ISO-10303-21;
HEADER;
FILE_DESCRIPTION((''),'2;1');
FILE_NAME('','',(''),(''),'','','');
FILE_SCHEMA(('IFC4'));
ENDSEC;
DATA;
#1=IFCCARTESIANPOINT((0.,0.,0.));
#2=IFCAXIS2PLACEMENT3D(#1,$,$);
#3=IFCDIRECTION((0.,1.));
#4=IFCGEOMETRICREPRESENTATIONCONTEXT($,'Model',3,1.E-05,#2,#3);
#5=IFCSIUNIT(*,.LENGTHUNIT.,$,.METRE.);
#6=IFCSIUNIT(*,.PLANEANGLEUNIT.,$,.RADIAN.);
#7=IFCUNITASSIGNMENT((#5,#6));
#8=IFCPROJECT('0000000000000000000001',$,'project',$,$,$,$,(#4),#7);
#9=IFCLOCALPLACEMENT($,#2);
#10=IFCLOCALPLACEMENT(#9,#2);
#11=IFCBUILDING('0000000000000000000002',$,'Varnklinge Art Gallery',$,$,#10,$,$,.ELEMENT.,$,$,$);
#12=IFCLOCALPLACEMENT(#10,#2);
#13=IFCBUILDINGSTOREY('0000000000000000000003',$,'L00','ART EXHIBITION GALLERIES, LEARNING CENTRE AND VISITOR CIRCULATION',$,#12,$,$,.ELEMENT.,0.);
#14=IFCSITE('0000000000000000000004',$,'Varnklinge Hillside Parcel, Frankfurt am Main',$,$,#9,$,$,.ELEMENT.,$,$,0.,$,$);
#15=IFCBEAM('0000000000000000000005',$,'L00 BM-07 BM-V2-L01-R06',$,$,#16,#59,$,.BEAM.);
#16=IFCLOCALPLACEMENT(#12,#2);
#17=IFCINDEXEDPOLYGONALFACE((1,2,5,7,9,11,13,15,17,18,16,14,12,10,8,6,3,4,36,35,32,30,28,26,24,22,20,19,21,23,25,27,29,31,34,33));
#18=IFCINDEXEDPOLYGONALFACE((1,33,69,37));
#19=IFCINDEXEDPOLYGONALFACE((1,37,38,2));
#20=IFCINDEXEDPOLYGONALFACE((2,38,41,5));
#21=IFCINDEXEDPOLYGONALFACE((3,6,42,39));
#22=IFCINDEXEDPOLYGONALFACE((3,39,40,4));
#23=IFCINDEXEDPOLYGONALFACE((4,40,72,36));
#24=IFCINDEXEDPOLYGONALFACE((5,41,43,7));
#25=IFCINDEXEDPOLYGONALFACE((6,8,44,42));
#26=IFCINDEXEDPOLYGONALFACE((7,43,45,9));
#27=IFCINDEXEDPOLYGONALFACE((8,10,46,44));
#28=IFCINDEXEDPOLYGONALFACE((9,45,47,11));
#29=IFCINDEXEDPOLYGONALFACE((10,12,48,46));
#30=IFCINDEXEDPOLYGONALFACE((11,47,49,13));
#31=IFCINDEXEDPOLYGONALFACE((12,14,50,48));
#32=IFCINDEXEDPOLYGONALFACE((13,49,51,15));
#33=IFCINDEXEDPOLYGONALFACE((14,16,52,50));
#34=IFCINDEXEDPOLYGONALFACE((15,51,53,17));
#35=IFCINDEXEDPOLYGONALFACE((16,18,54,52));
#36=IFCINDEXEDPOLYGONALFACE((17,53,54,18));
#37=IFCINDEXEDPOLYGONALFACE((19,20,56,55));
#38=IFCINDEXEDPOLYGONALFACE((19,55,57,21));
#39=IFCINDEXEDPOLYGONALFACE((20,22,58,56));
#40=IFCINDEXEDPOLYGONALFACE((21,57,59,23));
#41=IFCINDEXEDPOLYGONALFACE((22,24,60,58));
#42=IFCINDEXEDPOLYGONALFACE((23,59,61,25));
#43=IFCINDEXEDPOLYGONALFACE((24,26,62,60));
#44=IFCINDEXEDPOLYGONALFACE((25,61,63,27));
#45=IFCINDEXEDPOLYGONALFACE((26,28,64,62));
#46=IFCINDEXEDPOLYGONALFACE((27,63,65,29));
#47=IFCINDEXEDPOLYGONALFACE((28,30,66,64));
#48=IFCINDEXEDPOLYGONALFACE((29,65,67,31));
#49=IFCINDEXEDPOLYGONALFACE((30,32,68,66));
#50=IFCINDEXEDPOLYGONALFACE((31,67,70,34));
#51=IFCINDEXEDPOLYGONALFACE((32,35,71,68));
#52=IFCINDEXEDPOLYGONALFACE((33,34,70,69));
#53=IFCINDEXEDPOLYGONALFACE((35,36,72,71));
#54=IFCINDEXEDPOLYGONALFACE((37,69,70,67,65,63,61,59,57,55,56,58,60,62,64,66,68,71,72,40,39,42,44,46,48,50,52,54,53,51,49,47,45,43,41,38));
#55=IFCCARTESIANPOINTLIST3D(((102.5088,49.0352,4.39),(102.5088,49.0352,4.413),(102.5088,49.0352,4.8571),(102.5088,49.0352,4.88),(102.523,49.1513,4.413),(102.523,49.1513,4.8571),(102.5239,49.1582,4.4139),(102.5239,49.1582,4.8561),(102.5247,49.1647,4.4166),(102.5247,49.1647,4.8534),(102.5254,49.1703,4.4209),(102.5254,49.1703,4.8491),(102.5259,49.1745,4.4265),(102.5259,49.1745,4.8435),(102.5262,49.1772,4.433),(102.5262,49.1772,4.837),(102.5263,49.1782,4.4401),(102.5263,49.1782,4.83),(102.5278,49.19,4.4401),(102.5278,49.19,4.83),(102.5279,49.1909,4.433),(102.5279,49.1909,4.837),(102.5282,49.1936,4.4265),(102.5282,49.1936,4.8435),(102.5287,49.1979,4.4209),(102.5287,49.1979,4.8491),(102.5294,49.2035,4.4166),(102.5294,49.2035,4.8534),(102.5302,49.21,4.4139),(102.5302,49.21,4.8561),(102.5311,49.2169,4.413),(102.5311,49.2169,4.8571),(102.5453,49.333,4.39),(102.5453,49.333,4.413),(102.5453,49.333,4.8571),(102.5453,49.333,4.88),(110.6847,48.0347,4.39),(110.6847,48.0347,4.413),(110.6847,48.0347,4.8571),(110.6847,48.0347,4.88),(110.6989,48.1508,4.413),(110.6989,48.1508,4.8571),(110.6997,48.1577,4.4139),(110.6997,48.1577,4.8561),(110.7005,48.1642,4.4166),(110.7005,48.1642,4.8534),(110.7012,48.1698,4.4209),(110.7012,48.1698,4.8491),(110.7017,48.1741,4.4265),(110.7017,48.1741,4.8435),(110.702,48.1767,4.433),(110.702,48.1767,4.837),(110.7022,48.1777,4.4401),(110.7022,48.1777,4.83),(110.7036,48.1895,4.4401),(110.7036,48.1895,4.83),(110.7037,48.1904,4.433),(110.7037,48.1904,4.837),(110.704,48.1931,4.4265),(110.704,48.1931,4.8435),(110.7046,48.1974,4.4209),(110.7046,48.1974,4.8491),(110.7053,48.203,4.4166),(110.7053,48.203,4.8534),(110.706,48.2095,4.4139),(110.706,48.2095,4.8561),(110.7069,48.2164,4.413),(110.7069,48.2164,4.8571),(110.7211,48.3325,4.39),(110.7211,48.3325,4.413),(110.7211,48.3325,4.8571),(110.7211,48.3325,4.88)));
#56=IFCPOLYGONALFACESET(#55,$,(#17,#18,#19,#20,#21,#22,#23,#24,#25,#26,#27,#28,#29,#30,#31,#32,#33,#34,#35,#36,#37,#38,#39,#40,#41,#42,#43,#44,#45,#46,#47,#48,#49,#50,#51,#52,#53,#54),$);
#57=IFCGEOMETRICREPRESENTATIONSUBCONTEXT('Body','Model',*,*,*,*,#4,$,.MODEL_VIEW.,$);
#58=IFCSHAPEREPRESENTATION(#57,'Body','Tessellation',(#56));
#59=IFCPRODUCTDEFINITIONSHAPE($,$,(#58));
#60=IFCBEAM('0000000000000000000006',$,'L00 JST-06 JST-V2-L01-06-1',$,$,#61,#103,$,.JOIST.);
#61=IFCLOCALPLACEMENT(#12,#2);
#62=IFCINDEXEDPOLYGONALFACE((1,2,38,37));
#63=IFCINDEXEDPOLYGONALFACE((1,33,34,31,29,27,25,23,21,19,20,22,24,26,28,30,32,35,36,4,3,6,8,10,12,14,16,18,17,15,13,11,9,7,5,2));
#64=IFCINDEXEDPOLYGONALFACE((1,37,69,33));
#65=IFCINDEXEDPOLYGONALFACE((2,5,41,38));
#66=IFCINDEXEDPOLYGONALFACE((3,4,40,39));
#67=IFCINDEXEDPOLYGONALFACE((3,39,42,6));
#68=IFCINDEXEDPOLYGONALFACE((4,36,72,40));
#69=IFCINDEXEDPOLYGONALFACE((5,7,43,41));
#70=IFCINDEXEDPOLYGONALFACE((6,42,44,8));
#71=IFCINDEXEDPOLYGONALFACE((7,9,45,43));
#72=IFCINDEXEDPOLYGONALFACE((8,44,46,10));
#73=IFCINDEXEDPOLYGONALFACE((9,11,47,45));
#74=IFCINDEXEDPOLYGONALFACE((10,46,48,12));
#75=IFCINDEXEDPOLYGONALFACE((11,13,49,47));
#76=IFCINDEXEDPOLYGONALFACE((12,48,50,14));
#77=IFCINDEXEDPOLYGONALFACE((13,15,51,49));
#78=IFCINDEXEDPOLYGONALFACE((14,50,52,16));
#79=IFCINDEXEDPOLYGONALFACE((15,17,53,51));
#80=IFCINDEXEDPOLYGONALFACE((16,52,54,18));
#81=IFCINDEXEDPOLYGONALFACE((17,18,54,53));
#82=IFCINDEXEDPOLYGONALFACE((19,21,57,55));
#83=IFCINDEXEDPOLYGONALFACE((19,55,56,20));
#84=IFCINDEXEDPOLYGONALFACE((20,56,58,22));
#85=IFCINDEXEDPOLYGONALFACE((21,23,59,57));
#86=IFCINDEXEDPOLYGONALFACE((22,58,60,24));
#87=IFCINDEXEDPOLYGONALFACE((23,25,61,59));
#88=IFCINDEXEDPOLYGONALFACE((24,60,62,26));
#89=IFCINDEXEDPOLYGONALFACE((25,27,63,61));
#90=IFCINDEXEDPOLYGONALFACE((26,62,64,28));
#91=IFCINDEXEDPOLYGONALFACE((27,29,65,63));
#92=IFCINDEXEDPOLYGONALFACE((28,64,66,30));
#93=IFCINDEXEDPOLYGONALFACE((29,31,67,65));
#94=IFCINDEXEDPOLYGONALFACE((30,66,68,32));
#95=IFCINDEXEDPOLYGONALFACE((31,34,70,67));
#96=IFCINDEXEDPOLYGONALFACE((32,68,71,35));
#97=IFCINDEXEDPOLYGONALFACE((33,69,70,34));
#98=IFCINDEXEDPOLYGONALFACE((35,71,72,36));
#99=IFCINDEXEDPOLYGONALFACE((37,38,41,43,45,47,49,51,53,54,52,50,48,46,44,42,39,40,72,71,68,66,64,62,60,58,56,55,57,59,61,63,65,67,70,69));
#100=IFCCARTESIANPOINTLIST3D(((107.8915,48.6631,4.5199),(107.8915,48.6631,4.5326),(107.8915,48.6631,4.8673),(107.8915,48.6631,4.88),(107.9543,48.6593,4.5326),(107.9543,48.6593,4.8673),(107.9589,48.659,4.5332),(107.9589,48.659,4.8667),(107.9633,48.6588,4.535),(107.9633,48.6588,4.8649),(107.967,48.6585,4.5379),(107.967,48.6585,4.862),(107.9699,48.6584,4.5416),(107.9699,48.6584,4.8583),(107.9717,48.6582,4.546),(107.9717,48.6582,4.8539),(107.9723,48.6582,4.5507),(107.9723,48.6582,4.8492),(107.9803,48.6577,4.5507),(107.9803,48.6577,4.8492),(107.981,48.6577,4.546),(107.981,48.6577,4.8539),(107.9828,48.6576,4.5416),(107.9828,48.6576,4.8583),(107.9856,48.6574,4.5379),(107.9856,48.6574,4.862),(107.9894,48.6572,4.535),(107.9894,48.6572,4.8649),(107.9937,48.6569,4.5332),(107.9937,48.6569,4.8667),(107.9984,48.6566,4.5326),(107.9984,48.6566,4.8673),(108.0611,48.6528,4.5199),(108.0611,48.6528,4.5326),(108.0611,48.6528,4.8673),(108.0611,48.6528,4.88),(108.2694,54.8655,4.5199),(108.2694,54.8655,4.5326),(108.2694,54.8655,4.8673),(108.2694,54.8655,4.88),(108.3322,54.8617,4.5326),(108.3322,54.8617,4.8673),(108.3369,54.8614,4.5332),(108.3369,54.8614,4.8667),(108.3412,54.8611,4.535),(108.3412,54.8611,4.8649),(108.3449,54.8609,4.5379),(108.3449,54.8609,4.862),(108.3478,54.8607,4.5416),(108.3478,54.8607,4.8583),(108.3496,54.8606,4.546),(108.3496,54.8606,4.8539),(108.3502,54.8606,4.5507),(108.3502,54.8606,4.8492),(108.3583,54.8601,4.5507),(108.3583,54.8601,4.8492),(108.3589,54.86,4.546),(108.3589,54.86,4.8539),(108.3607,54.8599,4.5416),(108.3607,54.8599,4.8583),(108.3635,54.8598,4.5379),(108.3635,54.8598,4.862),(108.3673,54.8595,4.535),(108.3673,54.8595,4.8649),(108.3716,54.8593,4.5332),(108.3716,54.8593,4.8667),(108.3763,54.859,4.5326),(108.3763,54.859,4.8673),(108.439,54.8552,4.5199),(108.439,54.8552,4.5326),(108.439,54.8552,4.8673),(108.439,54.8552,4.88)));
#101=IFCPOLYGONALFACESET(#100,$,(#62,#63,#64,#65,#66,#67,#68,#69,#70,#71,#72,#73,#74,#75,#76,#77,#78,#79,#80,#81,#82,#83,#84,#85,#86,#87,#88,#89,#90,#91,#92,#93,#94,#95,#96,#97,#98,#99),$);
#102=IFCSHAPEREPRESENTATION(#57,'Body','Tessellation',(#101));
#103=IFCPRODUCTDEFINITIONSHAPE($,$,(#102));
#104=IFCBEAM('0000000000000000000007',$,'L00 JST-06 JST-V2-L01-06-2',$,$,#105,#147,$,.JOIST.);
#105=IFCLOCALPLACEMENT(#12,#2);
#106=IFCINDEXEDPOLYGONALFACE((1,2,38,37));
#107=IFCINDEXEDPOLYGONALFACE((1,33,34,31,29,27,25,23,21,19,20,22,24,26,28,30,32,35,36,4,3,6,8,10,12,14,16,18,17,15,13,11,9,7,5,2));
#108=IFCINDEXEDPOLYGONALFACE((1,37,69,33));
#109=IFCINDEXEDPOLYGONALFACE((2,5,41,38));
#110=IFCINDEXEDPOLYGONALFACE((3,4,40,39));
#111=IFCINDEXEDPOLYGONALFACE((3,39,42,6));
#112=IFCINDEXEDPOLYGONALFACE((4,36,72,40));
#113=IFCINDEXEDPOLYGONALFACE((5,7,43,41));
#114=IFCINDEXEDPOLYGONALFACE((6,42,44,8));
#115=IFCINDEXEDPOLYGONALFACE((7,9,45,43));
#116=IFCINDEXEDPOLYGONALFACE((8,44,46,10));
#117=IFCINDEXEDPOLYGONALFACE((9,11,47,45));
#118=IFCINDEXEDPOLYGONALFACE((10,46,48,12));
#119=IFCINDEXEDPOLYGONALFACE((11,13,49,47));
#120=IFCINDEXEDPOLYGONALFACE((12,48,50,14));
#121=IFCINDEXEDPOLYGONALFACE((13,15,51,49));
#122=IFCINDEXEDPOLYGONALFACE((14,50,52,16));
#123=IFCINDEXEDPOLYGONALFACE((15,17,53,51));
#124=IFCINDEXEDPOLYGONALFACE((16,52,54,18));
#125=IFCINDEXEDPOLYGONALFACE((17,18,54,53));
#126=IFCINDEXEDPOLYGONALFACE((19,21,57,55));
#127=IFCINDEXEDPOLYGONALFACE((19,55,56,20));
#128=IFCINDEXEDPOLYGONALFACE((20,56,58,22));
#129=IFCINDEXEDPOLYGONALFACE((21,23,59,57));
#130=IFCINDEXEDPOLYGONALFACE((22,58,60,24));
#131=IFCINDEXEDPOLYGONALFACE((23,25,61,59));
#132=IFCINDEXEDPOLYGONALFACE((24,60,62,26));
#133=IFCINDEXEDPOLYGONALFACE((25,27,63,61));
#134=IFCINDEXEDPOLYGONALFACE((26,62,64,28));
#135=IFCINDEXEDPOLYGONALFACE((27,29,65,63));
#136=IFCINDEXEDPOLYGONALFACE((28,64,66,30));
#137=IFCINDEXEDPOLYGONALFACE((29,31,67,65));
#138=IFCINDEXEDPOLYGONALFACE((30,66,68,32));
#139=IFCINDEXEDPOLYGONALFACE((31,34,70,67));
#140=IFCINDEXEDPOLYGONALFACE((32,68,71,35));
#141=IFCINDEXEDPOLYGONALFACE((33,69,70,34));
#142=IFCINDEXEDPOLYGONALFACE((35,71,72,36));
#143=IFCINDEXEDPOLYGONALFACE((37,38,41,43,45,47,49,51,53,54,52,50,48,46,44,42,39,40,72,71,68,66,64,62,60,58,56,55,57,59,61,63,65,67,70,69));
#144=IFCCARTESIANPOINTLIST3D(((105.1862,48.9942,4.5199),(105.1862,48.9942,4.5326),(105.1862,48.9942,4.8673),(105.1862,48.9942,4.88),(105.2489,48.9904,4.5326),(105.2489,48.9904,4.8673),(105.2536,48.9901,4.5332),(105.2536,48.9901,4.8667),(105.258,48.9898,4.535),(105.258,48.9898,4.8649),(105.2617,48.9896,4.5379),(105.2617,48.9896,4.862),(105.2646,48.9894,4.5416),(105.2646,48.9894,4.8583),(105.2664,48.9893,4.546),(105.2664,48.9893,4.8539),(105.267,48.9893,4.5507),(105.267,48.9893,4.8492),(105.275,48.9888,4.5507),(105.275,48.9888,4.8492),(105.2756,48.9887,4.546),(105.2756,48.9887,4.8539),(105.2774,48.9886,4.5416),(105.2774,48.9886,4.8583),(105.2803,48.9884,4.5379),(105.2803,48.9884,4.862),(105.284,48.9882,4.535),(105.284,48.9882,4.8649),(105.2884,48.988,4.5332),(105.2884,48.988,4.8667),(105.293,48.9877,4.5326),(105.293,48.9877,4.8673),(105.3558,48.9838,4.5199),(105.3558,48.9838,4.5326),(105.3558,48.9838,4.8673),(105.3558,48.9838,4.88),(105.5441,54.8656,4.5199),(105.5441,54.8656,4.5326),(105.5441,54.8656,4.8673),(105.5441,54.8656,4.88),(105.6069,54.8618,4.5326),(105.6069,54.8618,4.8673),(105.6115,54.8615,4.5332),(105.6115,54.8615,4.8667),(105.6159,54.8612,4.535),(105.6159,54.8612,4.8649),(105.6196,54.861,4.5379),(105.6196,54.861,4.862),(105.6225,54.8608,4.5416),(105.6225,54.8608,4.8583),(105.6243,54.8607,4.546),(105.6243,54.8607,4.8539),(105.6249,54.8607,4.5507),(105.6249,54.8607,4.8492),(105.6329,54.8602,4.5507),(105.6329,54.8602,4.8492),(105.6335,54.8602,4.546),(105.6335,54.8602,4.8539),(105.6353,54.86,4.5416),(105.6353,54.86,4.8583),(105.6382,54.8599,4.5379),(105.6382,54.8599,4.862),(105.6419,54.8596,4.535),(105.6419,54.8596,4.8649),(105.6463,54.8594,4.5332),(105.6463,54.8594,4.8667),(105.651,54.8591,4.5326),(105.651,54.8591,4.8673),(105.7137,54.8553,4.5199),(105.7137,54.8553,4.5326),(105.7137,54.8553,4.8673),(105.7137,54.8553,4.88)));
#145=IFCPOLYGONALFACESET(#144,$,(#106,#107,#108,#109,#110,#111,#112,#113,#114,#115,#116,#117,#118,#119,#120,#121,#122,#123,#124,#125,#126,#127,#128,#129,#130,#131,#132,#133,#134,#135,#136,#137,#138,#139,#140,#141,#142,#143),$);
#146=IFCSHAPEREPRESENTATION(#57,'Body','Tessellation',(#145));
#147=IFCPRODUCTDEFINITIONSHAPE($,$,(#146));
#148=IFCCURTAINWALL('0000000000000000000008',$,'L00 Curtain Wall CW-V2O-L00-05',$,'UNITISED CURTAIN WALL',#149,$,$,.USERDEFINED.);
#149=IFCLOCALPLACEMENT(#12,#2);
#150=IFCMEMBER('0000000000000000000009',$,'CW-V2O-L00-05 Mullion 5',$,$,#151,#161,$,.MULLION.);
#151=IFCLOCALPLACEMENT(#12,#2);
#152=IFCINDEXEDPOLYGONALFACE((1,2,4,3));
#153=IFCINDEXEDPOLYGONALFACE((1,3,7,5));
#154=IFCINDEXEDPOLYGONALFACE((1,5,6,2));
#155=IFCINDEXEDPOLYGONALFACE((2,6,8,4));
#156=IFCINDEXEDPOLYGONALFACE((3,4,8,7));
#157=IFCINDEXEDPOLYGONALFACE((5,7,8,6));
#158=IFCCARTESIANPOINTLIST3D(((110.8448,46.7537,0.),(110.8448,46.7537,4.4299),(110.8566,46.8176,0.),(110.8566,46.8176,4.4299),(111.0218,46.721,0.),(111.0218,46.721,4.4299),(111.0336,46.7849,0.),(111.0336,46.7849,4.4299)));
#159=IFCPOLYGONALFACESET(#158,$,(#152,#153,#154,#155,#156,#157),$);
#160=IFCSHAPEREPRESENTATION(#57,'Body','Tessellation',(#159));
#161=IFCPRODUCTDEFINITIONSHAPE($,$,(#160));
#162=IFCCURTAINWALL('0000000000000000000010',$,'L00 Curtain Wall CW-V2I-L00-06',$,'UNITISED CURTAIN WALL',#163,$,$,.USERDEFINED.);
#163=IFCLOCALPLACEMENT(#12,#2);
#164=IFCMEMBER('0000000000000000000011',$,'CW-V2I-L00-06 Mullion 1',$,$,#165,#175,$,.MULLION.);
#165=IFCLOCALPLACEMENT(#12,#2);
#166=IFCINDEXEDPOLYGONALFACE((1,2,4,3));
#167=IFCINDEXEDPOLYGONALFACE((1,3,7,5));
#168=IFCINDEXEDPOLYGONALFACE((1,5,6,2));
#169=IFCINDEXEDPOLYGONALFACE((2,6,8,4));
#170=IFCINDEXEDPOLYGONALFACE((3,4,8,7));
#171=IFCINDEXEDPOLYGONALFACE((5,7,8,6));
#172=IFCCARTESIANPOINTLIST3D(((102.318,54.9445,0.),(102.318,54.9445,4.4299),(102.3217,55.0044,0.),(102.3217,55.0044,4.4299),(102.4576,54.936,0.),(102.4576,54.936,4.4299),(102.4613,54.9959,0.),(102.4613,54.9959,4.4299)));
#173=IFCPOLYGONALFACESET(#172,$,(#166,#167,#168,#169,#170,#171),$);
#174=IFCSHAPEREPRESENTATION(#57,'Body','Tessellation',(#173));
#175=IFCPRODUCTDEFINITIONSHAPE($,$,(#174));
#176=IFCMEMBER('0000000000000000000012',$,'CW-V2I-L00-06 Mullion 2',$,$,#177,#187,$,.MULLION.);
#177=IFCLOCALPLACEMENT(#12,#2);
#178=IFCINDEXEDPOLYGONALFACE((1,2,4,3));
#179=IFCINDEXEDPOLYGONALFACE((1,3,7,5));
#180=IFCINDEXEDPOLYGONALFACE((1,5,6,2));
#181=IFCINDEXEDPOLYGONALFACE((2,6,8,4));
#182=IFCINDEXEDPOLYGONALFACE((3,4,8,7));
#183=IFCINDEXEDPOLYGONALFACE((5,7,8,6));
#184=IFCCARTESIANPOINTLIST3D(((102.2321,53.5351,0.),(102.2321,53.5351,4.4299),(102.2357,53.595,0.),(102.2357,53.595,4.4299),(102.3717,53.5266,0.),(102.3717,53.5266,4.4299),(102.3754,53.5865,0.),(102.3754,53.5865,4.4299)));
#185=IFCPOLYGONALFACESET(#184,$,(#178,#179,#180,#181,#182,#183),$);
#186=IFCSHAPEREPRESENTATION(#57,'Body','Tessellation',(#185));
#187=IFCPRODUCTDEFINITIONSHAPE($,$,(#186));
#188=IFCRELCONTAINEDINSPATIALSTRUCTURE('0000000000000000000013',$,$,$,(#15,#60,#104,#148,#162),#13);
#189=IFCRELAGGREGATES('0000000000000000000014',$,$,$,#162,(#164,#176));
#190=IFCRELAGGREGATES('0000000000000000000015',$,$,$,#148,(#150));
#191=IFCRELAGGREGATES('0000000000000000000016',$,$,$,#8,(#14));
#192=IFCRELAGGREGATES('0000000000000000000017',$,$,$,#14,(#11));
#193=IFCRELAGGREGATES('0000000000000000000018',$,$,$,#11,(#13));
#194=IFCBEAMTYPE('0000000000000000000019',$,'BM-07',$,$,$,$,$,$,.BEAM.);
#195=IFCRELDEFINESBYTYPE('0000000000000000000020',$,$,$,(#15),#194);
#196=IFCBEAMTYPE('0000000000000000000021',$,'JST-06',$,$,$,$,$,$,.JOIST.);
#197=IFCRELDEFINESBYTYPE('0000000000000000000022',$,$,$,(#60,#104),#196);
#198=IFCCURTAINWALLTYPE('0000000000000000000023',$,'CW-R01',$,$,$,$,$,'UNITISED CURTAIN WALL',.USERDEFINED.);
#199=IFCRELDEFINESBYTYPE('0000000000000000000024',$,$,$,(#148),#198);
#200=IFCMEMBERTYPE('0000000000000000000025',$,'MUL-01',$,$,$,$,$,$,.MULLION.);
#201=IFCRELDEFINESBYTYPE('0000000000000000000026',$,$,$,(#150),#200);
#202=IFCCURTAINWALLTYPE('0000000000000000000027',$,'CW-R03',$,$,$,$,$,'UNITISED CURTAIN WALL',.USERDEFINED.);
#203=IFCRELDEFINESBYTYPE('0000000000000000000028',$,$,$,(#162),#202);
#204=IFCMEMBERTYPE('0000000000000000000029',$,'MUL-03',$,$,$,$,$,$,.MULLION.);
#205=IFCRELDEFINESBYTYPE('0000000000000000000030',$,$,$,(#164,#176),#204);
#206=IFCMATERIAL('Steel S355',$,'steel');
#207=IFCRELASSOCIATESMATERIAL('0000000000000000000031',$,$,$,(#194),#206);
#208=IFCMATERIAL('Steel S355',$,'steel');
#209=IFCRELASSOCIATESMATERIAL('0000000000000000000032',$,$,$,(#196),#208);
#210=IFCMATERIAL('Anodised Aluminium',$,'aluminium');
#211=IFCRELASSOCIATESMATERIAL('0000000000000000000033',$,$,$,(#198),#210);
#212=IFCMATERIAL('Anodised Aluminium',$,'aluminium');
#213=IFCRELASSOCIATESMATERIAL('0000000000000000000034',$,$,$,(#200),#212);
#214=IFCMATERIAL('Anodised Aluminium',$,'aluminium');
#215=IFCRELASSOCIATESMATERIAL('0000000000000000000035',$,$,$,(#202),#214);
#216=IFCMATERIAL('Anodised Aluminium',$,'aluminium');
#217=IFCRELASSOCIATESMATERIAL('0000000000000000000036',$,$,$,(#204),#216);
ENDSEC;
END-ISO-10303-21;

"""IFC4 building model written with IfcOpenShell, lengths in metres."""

from ifc_helpers import new_model, si_unit, direction, frame, origin, origin_2d, place, context, subcontext, project, spatial, rectangle, i_section, extrude, material, material_profile, profile_set, type_object, element, aggregate, save


model = new_model("IFC4")

# Units and contexts
model_context = context("Model", 3, precision=1e-05, world=origin(), true_north=direction((0.0, 1.0)))
body_context = subcontext(model_context, "Body", "Model", "MODEL_VIEW")
ifc_project = project(units=[si_unit("LENGTHUNIT", "METRE"), si_unit("PLANEANGLEUNIT", "RADIAN")], contexts=[model_context])

# Site, building, storey
site_placement = place(None, origin())
site = spatial("IfcSite", under=ifc_project, at=site_placement, Name="Varnklinge Hillside Parcel, Frankfurt am Main", CompositionType="ELEMENT", RefElevation=0.0)
building_placement = place(site_placement, origin())
building = spatial("IfcBuilding", under=site, at=building_placement, Name="Varnklinge Art Gallery", CompositionType="ELEMENT")
storey_placement = place(building_placement, origin())
storey = spatial("IfcBuildingStorey", under=building, at=storey_placement, Name="L00", Description="ART EXHIBITION GALLERIES, LEARNING CENTRE AND VISITOR CIRCULATION", CompositionType="ELEMENT", Elevation=0.0)

# Beams
ifc_material_1 = material(Name="Steel S355", Category="steel")
ifc_material_profile_1 = material_profile(ifc_material_1, i_section(OverallWidth=0.3, OverallDepth=0.49, WebThickness=0.012, FlangeThickness=0.0229, FilletRadius=0.0271, at=origin_2d()), Name="HEA 500")
ifc_profile_set_1 = profile_set([ifc_material_profile_1], Name="Steel S355")
beam_type_1 = type_object("IfcBeamType", Name="BM-07", PredefinedType="BEAM", material=ifc_profile_set_1)
beam_1_placement = place(storey_placement, frame((110.7029, 48.1836, 4.635), z_axis=(-0.992596, 0.121466, 0.0), x_axis=(-0.121466, -0.992596, 0.0)))
element("IfcBeam", 1, at=beam_1_placement, inside=storey, type_object=beam_type_1, Name="L00 BM-07 BM-V2-L01-R06", PredefinedType="BEAM", context=body_context, shape_type="SweptSolid", body=[
    extrude(i_section(OverallWidth=0.3, OverallDepth=0.49, WebThickness=0.012, FlangeThickness=0.0229, FilletRadius=0.0271, at=origin_2d()), origin(), (0.0, 0.0, 1.0), 8.2368),
])
ifc_material_2 = material(Name="Steel S355", Category="steel")
ifc_material_profile_2 = material_profile(ifc_material_2, i_section(OverallWidth=0.1699, OverallDepth=0.3601, WebThickness=0.0081, FlangeThickness=0.0127, FilletRadius=0.0181, at=origin_2d()), Name="IPE 360")
ifc_profile_set_2 = profile_set([ifc_material_profile_2], Name="Steel S355")
beam_type_2 = type_object("IfcBeamType", Name="JST-06", PredefinedType="JOIST", material=ifc_profile_set_2)
beam_2_placement = place(storey_placement, frame((107.9763, 48.658, 4.7), z_axis=(0.06082, 0.998149, 0.0), x_axis=(-0.998149, 0.06082, 0.0)))
element("IfcBeam", 2, at=beam_2_placement, inside=storey, type_object=beam_type_2, Name="L00 JST-06 JST-V2-L01-06-1", PredefinedType="JOIST", context=body_context, shape_type="SweptSolid", body=[
    extrude(i_section(OverallWidth=0.1699, OverallDepth=0.3601, WebThickness=0.0081, FlangeThickness=0.0127, FilletRadius=0.0181, at=origin_2d()), origin(), (0.0, 0.0, 1.0), 6.2139),
])
beam_3_placement = place(storey_placement, frame((105.271, 48.989, 4.7), z_axis=(0.060846, 0.998147, 0.0), x_axis=(-0.998147, 0.060846, 0.0)))
element("IfcBeam", 3, at=beam_3_placement, inside=storey, type_object=beam_type_2, Name="L00 JST-06 JST-V2-L01-06-2", PredefinedType="JOIST", context=body_context, shape_type="SweptSolid", body=[
    extrude(i_section(OverallWidth=0.1699, OverallDepth=0.3601, WebThickness=0.0081, FlangeThickness=0.0127, FilletRadius=0.0181, at=origin_2d()), origin(), (0.0, 0.0, 1.0), 5.8823),
])

# Curtain wall, member
ifc_material_3 = material(Name="Anodised Aluminium", Category="aluminium")
curtain_wall_type_1 = type_object("IfcCurtainWallType", Name="CW-R01", ElementType="UNITISED CURTAIN WALL", PredefinedType="USERDEFINED", material=ifc_material_3)
curtain_wall_1_placement = place(storey_placement, origin())
curtain_wall_1 = element("IfcCurtainWall", 4, at=curtain_wall_1_placement, inside=storey, type_object=curtain_wall_type_1, Name="L00 Curtain Wall CW-V2O-L00-05", ObjectType="UNITISED CURTAIN WALL", PredefinedType="USERDEFINED")
ifc_material_4 = material(Name="Anodised Aluminium", Category="aluminium")
ifc_material_profile_3 = material_profile(ifc_material_4, rectangle(XDim=0.0649, YDim=0.1799, at=origin_2d()), Name="ALU 65x180")
ifc_profile_set_3 = profile_set([ifc_material_profile_3], Name="Anodised Aluminium")
member_type_1 = type_object("IfcMemberType", Name="MUL-01", PredefinedType="MULLION", material=ifc_profile_set_3)
member_1_placement = place(storey_placement, frame((110.9392, 46.7693, 0.0), z_axis=(0.0, 0.0, 1.0), x_axis=(0.181721, 0.98335, 0.0)))
member_1 = element("IfcMember", 5, at=member_1_placement, type_object=member_type_1, Name="CW-V2O-L00-05 Mullion 5", PredefinedType="MULLION", context=body_context, shape_type="SweptSolid", body=[
    extrude(rectangle(XDim=0.0649, YDim=0.1799, at=origin_2d()), origin(), (0.0, 0.0, 1.0), 4.4299),
])

# Curtain wall, members
ifc_material_5 = material(Name="Anodised Aluminium", Category="aluminium")
curtain_wall_type_2 = type_object("IfcCurtainWallType", Name="CW-R03", ElementType="UNITISED CURTAIN WALL", PredefinedType="USERDEFINED", material=ifc_material_5)
curtain_wall_2_placement = place(storey_placement, origin())
curtain_wall_2 = element("IfcCurtainWall", 6, at=curtain_wall_2_placement, inside=storey, type_object=curtain_wall_type_2, Name="L00 Curtain Wall CW-V2I-L00-06", ObjectType="UNITISED CURTAIN WALL", PredefinedType="USERDEFINED")
ifc_material_6 = material(Name="Anodised Aluminium", Category="aluminium")
ifc_material_profile_4 = material_profile(ifc_material_6, rectangle(XDim=0.0601, YDim=0.1399, at=origin_2d()), Name="ALU 60x140")
ifc_profile_set_4 = profile_set([ifc_material_profile_4], Name="Anodised Aluminium")
member_type_2 = type_object("IfcMemberType", Name="MUL-03", PredefinedType="MULLION", material=ifc_profile_set_4)
member_2_placement = place(storey_placement, frame((102.3896, 54.9702, 0.0), z_axis=(0.0, 0.0, 1.0), x_axis=(-0.060874, -0.998145, 0.0)))
member_2 = element("IfcMember", 7, at=member_2_placement, type_object=member_type_2, Name="CW-V2I-L00-06 Mullion 1", PredefinedType="MULLION", context=body_context, shape_type="SweptSolid", body=[
    extrude(rectangle(XDim=0.0601, YDim=0.1399, at=origin_2d()), origin(), (0.0, 0.0, 1.0), 4.4299),
])
member_3_placement = place(storey_placement, frame((102.3037, 53.5608, 0.0), z_axis=(0.0, 0.0, 1.0), x_axis=(-0.060874, -0.998145, 0.0)))
member_3 = element("IfcMember", 8, at=member_3_placement, type_object=member_type_2, Name="CW-V2I-L00-06 Mullion 2", PredefinedType="MULLION", context=body_context, shape_type="SweptSolid", body=[
    extrude(rectangle(XDim=0.0601, YDim=0.1399, at=origin_2d()), origin(), (0.0, 0.0, 1.0), 4.4299),
])

aggregate(curtain_wall_2, [member_2, member_3])
aggregate(curtain_wall_1, [member_1])

save(model, "model.ifc")
